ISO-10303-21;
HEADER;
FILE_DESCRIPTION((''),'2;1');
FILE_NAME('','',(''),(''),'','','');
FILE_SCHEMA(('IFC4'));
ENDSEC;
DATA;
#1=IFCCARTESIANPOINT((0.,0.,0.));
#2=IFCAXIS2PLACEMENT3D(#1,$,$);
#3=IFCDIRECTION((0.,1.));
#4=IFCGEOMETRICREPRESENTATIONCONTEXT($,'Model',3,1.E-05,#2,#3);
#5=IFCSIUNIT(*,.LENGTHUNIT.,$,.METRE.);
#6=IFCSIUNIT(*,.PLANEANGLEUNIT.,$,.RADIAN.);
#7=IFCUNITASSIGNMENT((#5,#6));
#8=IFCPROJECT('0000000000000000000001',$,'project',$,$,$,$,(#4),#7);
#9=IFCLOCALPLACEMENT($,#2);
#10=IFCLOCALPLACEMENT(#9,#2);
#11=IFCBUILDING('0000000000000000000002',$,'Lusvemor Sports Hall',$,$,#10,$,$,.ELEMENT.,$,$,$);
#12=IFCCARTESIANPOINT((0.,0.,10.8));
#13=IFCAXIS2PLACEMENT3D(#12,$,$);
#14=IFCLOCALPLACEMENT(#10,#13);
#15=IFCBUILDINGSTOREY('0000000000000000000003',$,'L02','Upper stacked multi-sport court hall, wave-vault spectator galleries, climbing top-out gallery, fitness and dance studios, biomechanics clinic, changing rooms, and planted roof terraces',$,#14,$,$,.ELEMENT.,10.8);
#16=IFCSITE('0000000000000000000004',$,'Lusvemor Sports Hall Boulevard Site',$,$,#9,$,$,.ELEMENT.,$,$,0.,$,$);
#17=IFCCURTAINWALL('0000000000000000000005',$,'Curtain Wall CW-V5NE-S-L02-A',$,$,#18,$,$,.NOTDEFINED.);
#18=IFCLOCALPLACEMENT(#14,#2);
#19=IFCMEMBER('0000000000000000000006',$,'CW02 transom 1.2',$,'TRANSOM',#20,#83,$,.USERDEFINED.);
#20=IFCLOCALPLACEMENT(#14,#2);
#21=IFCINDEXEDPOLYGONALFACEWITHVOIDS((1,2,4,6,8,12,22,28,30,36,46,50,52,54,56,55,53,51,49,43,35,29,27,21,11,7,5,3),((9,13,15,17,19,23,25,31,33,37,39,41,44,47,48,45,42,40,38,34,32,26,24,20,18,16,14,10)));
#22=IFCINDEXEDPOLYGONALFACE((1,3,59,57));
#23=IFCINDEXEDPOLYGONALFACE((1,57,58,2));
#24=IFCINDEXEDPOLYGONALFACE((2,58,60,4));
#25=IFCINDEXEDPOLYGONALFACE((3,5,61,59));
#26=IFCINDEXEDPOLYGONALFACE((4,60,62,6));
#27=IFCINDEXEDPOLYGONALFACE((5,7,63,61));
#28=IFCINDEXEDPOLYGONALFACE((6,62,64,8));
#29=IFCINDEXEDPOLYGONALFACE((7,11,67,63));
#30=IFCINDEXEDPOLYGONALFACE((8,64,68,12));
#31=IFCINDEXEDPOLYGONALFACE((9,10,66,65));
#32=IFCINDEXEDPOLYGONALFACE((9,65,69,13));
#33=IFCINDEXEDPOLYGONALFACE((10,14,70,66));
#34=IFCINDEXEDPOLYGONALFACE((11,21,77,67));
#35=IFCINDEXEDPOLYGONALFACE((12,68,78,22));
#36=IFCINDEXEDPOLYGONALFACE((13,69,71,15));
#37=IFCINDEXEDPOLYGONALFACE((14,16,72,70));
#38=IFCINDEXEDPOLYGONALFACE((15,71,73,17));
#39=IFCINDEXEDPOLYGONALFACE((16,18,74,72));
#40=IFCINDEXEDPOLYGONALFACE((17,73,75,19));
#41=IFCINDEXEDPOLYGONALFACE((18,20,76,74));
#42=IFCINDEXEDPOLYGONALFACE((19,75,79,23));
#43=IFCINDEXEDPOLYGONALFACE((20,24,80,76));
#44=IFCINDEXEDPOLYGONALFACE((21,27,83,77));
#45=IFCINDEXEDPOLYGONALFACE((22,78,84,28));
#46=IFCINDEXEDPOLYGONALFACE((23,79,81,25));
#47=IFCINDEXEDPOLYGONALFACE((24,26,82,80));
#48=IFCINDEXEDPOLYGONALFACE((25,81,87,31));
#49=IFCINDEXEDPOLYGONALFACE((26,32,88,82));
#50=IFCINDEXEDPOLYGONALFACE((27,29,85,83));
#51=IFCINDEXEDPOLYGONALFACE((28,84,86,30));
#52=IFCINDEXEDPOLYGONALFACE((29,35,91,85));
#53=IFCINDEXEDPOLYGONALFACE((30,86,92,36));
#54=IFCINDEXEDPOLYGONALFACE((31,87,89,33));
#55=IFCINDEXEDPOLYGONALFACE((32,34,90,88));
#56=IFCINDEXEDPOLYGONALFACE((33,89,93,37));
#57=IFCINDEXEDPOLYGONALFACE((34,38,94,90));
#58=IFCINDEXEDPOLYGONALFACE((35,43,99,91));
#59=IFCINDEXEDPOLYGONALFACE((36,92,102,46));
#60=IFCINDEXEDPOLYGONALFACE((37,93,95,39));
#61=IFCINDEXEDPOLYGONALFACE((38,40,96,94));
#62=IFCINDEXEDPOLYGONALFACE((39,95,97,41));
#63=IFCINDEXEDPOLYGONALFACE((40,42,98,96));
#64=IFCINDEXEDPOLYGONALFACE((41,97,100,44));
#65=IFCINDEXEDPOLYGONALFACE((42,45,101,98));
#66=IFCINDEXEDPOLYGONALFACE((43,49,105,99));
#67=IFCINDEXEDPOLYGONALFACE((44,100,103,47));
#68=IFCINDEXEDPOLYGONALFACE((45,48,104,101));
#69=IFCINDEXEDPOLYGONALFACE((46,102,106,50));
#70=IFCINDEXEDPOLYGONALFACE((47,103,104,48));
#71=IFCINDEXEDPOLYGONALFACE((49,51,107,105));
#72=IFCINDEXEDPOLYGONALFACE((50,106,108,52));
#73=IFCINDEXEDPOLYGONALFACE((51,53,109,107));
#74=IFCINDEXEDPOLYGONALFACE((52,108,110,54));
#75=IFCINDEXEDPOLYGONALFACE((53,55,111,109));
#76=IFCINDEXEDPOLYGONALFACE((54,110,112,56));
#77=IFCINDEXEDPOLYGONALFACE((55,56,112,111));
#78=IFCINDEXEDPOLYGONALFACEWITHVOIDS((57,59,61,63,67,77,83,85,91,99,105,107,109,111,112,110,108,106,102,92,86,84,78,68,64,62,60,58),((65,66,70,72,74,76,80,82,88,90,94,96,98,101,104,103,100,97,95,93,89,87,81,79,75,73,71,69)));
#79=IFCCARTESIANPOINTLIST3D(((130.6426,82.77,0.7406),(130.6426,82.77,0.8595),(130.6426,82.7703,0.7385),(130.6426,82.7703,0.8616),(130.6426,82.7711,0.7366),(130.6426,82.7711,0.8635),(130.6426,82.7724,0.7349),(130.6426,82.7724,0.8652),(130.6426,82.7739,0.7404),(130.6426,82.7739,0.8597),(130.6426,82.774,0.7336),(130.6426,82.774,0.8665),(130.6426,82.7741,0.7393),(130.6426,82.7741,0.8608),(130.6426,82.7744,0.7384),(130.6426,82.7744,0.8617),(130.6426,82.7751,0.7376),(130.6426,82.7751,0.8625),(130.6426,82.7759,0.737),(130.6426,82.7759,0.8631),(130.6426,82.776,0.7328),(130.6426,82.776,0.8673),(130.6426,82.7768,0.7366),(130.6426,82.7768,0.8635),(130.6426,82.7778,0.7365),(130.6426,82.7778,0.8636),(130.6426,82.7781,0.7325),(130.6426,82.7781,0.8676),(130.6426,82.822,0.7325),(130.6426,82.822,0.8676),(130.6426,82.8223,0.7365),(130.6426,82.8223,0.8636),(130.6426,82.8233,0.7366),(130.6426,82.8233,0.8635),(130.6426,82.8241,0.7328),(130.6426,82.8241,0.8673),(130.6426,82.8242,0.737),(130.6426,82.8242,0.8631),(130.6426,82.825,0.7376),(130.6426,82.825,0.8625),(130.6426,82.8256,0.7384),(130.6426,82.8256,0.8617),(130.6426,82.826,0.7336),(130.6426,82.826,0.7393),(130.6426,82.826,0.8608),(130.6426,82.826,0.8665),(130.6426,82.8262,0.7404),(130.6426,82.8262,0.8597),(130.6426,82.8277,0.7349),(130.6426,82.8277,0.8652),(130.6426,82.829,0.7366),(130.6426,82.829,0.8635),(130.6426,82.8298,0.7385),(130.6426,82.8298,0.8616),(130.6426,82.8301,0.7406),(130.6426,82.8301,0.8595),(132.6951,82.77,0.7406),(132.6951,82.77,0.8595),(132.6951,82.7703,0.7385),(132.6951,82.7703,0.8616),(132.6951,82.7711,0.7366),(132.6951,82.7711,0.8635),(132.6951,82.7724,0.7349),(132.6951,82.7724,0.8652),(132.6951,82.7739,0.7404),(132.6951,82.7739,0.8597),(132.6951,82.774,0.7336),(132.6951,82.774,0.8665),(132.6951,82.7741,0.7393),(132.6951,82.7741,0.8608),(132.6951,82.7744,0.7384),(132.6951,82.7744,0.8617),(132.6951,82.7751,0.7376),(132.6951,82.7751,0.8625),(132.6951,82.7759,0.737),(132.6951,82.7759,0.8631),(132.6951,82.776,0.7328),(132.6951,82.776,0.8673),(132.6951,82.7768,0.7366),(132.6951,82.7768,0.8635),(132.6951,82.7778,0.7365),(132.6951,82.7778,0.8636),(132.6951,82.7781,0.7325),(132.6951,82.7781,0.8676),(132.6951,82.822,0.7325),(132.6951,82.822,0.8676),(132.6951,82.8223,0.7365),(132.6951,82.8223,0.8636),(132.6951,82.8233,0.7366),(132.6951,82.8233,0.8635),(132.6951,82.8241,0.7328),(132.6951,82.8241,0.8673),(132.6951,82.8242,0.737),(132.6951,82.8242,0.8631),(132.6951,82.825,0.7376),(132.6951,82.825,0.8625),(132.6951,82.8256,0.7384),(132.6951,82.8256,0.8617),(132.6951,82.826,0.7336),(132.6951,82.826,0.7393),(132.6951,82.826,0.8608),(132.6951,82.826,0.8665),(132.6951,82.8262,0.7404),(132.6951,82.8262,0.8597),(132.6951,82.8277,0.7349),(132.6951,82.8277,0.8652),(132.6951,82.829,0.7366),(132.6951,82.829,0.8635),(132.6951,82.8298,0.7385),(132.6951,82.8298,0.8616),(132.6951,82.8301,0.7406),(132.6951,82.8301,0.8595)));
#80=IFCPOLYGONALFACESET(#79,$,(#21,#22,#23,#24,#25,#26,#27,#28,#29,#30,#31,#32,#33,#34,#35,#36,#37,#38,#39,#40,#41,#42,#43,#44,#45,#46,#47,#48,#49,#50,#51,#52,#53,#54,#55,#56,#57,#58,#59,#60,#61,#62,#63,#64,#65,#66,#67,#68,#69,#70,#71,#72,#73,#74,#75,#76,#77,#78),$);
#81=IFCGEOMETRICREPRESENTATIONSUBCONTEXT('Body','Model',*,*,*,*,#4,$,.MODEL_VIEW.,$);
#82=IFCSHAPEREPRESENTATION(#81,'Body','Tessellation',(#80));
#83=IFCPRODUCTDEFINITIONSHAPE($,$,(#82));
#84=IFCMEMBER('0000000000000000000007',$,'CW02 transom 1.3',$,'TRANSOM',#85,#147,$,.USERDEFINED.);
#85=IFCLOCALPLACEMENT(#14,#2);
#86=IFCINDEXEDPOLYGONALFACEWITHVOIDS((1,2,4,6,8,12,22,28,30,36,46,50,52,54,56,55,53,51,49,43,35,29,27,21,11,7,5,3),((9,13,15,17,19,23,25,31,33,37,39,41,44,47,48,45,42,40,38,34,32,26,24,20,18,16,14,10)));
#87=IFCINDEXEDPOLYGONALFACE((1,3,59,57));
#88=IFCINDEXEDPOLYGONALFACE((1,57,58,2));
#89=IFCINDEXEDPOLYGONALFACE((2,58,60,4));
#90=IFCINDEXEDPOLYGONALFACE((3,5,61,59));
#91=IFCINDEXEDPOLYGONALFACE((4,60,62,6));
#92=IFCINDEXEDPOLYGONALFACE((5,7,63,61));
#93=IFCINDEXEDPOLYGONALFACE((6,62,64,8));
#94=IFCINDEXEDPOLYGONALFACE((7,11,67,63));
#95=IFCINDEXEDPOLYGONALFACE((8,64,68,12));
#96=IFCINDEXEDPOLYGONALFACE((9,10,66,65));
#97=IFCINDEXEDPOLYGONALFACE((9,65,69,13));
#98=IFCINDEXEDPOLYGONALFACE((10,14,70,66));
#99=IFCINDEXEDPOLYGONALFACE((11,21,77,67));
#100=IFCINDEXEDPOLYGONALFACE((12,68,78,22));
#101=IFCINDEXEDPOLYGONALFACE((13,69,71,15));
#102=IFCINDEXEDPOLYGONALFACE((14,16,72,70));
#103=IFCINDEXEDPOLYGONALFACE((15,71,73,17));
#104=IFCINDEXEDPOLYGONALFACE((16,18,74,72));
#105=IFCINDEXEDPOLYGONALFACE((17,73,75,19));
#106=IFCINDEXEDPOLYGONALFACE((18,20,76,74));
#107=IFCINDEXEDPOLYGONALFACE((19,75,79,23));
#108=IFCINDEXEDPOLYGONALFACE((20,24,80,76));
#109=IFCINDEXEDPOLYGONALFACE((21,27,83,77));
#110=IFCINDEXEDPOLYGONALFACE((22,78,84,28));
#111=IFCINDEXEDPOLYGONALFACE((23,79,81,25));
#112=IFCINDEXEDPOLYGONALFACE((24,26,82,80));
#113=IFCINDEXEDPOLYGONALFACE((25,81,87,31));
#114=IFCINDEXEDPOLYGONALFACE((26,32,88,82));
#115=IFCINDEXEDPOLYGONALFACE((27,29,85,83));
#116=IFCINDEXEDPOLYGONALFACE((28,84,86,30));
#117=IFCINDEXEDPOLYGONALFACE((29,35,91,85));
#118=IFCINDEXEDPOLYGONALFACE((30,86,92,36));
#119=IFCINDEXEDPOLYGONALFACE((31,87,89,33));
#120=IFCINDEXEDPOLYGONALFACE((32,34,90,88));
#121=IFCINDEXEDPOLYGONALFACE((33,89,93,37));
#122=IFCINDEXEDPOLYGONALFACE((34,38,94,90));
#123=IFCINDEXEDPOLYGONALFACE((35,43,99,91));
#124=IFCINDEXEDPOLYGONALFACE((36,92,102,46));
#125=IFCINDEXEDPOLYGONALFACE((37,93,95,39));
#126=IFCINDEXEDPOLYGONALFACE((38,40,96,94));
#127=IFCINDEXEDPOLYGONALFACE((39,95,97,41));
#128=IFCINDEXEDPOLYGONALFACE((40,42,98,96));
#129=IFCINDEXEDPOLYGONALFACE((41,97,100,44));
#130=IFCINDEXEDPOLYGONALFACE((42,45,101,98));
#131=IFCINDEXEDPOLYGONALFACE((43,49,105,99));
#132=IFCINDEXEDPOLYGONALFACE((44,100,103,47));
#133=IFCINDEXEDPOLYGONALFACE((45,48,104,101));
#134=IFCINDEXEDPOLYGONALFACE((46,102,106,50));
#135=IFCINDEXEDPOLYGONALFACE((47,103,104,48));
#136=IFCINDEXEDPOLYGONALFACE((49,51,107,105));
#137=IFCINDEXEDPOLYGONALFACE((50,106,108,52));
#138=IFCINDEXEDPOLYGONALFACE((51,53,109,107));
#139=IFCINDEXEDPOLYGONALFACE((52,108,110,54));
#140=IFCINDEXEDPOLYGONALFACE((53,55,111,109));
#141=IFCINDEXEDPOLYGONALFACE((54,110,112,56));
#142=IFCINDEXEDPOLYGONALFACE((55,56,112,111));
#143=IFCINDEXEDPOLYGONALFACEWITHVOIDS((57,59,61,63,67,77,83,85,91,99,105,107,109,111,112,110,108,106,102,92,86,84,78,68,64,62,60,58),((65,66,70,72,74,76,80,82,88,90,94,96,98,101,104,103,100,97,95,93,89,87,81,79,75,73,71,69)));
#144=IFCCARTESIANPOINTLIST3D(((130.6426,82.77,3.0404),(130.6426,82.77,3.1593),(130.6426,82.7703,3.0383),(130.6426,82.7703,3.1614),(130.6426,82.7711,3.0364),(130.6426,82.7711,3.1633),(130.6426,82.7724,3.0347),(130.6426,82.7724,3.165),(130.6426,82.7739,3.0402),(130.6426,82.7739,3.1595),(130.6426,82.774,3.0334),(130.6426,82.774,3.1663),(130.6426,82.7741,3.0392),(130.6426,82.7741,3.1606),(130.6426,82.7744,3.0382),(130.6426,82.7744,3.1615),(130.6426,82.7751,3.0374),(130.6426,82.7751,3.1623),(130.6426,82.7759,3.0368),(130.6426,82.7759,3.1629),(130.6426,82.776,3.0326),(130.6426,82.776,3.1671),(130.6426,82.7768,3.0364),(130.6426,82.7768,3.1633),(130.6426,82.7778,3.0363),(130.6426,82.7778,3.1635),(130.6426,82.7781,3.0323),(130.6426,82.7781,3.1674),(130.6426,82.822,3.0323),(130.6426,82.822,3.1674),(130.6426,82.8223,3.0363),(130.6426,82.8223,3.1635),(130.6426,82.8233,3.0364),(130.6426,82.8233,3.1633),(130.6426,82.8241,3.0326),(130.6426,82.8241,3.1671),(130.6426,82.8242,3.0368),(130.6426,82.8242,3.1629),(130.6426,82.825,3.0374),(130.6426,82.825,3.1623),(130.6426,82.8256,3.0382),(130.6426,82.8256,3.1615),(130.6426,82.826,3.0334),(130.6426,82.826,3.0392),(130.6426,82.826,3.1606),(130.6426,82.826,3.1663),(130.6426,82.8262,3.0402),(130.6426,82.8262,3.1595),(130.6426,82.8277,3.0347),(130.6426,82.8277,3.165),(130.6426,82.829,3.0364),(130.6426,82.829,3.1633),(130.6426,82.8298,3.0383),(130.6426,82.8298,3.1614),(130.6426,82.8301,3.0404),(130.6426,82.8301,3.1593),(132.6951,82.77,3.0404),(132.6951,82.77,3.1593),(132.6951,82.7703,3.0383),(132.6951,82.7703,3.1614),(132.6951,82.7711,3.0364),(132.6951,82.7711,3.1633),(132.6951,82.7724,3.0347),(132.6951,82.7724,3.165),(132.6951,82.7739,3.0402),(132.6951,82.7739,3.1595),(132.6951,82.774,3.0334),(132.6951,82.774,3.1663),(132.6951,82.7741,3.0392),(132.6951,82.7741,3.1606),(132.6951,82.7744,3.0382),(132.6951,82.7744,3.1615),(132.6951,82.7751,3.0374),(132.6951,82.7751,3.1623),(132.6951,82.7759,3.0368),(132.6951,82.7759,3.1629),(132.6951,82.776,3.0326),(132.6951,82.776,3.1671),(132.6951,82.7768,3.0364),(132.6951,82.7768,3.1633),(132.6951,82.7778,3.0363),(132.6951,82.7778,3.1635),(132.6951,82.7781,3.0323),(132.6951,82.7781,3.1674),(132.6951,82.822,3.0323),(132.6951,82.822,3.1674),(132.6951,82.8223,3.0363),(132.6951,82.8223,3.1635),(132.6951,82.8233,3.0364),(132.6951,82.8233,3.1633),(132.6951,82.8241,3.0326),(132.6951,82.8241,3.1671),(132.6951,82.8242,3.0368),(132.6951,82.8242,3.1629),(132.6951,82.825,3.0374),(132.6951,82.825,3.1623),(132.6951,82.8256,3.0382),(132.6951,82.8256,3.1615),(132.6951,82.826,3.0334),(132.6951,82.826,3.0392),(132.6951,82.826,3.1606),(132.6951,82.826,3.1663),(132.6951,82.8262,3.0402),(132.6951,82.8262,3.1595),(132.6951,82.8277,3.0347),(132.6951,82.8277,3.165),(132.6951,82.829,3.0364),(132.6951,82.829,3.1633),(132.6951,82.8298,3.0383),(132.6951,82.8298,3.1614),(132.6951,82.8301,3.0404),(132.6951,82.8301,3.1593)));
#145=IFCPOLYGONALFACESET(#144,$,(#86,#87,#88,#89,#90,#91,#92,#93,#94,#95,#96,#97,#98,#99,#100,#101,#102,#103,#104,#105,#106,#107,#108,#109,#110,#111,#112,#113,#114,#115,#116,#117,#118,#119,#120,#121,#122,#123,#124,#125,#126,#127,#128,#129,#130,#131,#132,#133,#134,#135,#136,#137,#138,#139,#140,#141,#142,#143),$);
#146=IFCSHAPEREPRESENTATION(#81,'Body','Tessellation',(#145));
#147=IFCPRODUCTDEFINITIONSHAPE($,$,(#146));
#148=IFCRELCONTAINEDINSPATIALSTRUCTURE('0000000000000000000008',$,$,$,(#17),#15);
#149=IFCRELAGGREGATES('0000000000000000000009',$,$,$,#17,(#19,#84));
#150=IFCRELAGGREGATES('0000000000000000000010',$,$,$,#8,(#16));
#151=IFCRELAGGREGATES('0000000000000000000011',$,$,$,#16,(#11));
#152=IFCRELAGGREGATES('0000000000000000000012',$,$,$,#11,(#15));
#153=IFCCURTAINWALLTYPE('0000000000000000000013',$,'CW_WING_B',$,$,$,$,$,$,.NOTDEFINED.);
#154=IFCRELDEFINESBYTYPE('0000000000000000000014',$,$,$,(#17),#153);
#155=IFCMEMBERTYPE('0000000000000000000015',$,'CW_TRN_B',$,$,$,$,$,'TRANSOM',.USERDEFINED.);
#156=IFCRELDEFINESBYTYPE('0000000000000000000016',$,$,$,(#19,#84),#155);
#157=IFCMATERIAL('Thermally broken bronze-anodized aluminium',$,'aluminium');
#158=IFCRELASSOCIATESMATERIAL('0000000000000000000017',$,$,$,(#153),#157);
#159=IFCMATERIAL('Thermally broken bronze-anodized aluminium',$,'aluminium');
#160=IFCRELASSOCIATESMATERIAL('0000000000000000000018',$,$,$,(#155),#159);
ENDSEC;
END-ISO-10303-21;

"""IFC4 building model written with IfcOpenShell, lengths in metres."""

from ifc_helpers import new_model, si_unit, direction, frame, origin, origin_2d, place, context, subcontext, project, spatial, hollow_rectangle, extrude, material, material_profile, profile_set, type_object, element, aggregate, save


model = new_model("IFC4")

# Units and contexts
model_context = context("Model", 3, precision=1e-05, world=origin(), true_north=direction((0.0, 1.0)))
body_context = subcontext(model_context, "Body", "Model", "MODEL_VIEW")
ifc_project = project(units=[si_unit("LENGTHUNIT", "METRE"), si_unit("PLANEANGLEUNIT", "RADIAN")], contexts=[model_context])

# Site, building, storey
site_placement = place(None, origin())
site = spatial("IfcSite", under=ifc_project, at=site_placement, Name="Lusvemor Sports Hall Boulevard Site", CompositionType="ELEMENT", RefElevation=0.0)
building_placement = place(site_placement, origin())
building = spatial("IfcBuilding", under=site, at=building_placement, Name="Lusvemor Sports Hall", CompositionType="ELEMENT")
storey_placement = place(building_placement, frame((0.0, 0.0, 10.8)))
storey = spatial("IfcBuildingStorey", under=building, at=storey_placement, Name="L02", Description="Upper stacked multi-sport court hall, wave-vault spectator galleries, climbing top-out gallery, fitness and dance studios, biomechanics clinic, changing rooms, and planted roof terraces", CompositionType="ELEMENT", Elevation=10.8)

# Curtain wall, members
ifc_material_1 = material(Name="Thermally broken bronze-anodized aluminium", Category="aluminium")
curtain_wall_type = type_object("IfcCurtainWallType", Name="CW_WING_B", PredefinedType="NOTDEFINED", material=ifc_material_1)
curtain_wall_placement = place(storey_placement, origin())
curtain_wall = element("IfcCurtainWall", 1, at=curtain_wall_placement, inside=storey, type_object=curtain_wall_type, Name="Curtain Wall CW-V5NE-S-L02-A", PredefinedType="NOTDEFINED")
ifc_material_2 = material(Name="Thermally broken bronze-anodized aluminium", Category="aluminium")
ifc_material_profile_1 = material_profile(ifc_material_2, hollow_rectangle(XDim=0.0601, YDim=0.135, WallThickness=0.0039, InnerFilletRadius=0.0039, OuterFilletRadius=0.0081, at=origin_2d()), Name="CWTRN135x60x4")
ifc_profile_set_1 = profile_set([ifc_material_profile_1], Name="Thermally broken bronze-anodized aluminium")
member_type_1 = type_object("IfcMemberType", Name="CW_TRN_B", ElementType="TRANSOM", PredefinedType="USERDEFINED", material=ifc_profile_set_1)
member_1_placement = place(storey_placement, frame((132.6951, 82.8, 0.8), z_axis=(-1.0, 0.0, 0.0), x_axis=(0.0, -1.0, 0.0)))
member_1 = element("IfcMember", 2, at=member_1_placement, type_object=member_type_1, Name="CW02 transom 1.2", ObjectType="TRANSOM", PredefinedType="USERDEFINED", context=body_context, shape_type="SweptSolid", body=[
    extrude(hollow_rectangle(XDim=0.0601, YDim=0.135, WallThickness=0.0039, InnerFilletRadius=0.0039, OuterFilletRadius=0.0081, at=origin_2d()), origin(), (0.0, 0.0, 1.0), 2.0525),
])
member_2_placement = place(storey_placement, frame((132.6951, 82.8, 3.0999), z_axis=(-1.0, 0.0, 0.0), x_axis=(0.0, -1.0, 0.0)))
member_2 = element("IfcMember", 3, at=member_2_placement, type_object=member_type_1, Name="CW02 transom 1.3", ObjectType="TRANSOM", PredefinedType="USERDEFINED", context=body_context, shape_type="SweptSolid", body=[
    extrude(hollow_rectangle(XDim=0.0601, YDim=0.135, WallThickness=0.0039, InnerFilletRadius=0.0039, OuterFilletRadius=0.0081, at=origin_2d()), origin(), (0.0, 0.0, 1.0), 2.0525),
])

aggregate(curtain_wall, [member_1, member_2])

save(model, "model.ifc")
